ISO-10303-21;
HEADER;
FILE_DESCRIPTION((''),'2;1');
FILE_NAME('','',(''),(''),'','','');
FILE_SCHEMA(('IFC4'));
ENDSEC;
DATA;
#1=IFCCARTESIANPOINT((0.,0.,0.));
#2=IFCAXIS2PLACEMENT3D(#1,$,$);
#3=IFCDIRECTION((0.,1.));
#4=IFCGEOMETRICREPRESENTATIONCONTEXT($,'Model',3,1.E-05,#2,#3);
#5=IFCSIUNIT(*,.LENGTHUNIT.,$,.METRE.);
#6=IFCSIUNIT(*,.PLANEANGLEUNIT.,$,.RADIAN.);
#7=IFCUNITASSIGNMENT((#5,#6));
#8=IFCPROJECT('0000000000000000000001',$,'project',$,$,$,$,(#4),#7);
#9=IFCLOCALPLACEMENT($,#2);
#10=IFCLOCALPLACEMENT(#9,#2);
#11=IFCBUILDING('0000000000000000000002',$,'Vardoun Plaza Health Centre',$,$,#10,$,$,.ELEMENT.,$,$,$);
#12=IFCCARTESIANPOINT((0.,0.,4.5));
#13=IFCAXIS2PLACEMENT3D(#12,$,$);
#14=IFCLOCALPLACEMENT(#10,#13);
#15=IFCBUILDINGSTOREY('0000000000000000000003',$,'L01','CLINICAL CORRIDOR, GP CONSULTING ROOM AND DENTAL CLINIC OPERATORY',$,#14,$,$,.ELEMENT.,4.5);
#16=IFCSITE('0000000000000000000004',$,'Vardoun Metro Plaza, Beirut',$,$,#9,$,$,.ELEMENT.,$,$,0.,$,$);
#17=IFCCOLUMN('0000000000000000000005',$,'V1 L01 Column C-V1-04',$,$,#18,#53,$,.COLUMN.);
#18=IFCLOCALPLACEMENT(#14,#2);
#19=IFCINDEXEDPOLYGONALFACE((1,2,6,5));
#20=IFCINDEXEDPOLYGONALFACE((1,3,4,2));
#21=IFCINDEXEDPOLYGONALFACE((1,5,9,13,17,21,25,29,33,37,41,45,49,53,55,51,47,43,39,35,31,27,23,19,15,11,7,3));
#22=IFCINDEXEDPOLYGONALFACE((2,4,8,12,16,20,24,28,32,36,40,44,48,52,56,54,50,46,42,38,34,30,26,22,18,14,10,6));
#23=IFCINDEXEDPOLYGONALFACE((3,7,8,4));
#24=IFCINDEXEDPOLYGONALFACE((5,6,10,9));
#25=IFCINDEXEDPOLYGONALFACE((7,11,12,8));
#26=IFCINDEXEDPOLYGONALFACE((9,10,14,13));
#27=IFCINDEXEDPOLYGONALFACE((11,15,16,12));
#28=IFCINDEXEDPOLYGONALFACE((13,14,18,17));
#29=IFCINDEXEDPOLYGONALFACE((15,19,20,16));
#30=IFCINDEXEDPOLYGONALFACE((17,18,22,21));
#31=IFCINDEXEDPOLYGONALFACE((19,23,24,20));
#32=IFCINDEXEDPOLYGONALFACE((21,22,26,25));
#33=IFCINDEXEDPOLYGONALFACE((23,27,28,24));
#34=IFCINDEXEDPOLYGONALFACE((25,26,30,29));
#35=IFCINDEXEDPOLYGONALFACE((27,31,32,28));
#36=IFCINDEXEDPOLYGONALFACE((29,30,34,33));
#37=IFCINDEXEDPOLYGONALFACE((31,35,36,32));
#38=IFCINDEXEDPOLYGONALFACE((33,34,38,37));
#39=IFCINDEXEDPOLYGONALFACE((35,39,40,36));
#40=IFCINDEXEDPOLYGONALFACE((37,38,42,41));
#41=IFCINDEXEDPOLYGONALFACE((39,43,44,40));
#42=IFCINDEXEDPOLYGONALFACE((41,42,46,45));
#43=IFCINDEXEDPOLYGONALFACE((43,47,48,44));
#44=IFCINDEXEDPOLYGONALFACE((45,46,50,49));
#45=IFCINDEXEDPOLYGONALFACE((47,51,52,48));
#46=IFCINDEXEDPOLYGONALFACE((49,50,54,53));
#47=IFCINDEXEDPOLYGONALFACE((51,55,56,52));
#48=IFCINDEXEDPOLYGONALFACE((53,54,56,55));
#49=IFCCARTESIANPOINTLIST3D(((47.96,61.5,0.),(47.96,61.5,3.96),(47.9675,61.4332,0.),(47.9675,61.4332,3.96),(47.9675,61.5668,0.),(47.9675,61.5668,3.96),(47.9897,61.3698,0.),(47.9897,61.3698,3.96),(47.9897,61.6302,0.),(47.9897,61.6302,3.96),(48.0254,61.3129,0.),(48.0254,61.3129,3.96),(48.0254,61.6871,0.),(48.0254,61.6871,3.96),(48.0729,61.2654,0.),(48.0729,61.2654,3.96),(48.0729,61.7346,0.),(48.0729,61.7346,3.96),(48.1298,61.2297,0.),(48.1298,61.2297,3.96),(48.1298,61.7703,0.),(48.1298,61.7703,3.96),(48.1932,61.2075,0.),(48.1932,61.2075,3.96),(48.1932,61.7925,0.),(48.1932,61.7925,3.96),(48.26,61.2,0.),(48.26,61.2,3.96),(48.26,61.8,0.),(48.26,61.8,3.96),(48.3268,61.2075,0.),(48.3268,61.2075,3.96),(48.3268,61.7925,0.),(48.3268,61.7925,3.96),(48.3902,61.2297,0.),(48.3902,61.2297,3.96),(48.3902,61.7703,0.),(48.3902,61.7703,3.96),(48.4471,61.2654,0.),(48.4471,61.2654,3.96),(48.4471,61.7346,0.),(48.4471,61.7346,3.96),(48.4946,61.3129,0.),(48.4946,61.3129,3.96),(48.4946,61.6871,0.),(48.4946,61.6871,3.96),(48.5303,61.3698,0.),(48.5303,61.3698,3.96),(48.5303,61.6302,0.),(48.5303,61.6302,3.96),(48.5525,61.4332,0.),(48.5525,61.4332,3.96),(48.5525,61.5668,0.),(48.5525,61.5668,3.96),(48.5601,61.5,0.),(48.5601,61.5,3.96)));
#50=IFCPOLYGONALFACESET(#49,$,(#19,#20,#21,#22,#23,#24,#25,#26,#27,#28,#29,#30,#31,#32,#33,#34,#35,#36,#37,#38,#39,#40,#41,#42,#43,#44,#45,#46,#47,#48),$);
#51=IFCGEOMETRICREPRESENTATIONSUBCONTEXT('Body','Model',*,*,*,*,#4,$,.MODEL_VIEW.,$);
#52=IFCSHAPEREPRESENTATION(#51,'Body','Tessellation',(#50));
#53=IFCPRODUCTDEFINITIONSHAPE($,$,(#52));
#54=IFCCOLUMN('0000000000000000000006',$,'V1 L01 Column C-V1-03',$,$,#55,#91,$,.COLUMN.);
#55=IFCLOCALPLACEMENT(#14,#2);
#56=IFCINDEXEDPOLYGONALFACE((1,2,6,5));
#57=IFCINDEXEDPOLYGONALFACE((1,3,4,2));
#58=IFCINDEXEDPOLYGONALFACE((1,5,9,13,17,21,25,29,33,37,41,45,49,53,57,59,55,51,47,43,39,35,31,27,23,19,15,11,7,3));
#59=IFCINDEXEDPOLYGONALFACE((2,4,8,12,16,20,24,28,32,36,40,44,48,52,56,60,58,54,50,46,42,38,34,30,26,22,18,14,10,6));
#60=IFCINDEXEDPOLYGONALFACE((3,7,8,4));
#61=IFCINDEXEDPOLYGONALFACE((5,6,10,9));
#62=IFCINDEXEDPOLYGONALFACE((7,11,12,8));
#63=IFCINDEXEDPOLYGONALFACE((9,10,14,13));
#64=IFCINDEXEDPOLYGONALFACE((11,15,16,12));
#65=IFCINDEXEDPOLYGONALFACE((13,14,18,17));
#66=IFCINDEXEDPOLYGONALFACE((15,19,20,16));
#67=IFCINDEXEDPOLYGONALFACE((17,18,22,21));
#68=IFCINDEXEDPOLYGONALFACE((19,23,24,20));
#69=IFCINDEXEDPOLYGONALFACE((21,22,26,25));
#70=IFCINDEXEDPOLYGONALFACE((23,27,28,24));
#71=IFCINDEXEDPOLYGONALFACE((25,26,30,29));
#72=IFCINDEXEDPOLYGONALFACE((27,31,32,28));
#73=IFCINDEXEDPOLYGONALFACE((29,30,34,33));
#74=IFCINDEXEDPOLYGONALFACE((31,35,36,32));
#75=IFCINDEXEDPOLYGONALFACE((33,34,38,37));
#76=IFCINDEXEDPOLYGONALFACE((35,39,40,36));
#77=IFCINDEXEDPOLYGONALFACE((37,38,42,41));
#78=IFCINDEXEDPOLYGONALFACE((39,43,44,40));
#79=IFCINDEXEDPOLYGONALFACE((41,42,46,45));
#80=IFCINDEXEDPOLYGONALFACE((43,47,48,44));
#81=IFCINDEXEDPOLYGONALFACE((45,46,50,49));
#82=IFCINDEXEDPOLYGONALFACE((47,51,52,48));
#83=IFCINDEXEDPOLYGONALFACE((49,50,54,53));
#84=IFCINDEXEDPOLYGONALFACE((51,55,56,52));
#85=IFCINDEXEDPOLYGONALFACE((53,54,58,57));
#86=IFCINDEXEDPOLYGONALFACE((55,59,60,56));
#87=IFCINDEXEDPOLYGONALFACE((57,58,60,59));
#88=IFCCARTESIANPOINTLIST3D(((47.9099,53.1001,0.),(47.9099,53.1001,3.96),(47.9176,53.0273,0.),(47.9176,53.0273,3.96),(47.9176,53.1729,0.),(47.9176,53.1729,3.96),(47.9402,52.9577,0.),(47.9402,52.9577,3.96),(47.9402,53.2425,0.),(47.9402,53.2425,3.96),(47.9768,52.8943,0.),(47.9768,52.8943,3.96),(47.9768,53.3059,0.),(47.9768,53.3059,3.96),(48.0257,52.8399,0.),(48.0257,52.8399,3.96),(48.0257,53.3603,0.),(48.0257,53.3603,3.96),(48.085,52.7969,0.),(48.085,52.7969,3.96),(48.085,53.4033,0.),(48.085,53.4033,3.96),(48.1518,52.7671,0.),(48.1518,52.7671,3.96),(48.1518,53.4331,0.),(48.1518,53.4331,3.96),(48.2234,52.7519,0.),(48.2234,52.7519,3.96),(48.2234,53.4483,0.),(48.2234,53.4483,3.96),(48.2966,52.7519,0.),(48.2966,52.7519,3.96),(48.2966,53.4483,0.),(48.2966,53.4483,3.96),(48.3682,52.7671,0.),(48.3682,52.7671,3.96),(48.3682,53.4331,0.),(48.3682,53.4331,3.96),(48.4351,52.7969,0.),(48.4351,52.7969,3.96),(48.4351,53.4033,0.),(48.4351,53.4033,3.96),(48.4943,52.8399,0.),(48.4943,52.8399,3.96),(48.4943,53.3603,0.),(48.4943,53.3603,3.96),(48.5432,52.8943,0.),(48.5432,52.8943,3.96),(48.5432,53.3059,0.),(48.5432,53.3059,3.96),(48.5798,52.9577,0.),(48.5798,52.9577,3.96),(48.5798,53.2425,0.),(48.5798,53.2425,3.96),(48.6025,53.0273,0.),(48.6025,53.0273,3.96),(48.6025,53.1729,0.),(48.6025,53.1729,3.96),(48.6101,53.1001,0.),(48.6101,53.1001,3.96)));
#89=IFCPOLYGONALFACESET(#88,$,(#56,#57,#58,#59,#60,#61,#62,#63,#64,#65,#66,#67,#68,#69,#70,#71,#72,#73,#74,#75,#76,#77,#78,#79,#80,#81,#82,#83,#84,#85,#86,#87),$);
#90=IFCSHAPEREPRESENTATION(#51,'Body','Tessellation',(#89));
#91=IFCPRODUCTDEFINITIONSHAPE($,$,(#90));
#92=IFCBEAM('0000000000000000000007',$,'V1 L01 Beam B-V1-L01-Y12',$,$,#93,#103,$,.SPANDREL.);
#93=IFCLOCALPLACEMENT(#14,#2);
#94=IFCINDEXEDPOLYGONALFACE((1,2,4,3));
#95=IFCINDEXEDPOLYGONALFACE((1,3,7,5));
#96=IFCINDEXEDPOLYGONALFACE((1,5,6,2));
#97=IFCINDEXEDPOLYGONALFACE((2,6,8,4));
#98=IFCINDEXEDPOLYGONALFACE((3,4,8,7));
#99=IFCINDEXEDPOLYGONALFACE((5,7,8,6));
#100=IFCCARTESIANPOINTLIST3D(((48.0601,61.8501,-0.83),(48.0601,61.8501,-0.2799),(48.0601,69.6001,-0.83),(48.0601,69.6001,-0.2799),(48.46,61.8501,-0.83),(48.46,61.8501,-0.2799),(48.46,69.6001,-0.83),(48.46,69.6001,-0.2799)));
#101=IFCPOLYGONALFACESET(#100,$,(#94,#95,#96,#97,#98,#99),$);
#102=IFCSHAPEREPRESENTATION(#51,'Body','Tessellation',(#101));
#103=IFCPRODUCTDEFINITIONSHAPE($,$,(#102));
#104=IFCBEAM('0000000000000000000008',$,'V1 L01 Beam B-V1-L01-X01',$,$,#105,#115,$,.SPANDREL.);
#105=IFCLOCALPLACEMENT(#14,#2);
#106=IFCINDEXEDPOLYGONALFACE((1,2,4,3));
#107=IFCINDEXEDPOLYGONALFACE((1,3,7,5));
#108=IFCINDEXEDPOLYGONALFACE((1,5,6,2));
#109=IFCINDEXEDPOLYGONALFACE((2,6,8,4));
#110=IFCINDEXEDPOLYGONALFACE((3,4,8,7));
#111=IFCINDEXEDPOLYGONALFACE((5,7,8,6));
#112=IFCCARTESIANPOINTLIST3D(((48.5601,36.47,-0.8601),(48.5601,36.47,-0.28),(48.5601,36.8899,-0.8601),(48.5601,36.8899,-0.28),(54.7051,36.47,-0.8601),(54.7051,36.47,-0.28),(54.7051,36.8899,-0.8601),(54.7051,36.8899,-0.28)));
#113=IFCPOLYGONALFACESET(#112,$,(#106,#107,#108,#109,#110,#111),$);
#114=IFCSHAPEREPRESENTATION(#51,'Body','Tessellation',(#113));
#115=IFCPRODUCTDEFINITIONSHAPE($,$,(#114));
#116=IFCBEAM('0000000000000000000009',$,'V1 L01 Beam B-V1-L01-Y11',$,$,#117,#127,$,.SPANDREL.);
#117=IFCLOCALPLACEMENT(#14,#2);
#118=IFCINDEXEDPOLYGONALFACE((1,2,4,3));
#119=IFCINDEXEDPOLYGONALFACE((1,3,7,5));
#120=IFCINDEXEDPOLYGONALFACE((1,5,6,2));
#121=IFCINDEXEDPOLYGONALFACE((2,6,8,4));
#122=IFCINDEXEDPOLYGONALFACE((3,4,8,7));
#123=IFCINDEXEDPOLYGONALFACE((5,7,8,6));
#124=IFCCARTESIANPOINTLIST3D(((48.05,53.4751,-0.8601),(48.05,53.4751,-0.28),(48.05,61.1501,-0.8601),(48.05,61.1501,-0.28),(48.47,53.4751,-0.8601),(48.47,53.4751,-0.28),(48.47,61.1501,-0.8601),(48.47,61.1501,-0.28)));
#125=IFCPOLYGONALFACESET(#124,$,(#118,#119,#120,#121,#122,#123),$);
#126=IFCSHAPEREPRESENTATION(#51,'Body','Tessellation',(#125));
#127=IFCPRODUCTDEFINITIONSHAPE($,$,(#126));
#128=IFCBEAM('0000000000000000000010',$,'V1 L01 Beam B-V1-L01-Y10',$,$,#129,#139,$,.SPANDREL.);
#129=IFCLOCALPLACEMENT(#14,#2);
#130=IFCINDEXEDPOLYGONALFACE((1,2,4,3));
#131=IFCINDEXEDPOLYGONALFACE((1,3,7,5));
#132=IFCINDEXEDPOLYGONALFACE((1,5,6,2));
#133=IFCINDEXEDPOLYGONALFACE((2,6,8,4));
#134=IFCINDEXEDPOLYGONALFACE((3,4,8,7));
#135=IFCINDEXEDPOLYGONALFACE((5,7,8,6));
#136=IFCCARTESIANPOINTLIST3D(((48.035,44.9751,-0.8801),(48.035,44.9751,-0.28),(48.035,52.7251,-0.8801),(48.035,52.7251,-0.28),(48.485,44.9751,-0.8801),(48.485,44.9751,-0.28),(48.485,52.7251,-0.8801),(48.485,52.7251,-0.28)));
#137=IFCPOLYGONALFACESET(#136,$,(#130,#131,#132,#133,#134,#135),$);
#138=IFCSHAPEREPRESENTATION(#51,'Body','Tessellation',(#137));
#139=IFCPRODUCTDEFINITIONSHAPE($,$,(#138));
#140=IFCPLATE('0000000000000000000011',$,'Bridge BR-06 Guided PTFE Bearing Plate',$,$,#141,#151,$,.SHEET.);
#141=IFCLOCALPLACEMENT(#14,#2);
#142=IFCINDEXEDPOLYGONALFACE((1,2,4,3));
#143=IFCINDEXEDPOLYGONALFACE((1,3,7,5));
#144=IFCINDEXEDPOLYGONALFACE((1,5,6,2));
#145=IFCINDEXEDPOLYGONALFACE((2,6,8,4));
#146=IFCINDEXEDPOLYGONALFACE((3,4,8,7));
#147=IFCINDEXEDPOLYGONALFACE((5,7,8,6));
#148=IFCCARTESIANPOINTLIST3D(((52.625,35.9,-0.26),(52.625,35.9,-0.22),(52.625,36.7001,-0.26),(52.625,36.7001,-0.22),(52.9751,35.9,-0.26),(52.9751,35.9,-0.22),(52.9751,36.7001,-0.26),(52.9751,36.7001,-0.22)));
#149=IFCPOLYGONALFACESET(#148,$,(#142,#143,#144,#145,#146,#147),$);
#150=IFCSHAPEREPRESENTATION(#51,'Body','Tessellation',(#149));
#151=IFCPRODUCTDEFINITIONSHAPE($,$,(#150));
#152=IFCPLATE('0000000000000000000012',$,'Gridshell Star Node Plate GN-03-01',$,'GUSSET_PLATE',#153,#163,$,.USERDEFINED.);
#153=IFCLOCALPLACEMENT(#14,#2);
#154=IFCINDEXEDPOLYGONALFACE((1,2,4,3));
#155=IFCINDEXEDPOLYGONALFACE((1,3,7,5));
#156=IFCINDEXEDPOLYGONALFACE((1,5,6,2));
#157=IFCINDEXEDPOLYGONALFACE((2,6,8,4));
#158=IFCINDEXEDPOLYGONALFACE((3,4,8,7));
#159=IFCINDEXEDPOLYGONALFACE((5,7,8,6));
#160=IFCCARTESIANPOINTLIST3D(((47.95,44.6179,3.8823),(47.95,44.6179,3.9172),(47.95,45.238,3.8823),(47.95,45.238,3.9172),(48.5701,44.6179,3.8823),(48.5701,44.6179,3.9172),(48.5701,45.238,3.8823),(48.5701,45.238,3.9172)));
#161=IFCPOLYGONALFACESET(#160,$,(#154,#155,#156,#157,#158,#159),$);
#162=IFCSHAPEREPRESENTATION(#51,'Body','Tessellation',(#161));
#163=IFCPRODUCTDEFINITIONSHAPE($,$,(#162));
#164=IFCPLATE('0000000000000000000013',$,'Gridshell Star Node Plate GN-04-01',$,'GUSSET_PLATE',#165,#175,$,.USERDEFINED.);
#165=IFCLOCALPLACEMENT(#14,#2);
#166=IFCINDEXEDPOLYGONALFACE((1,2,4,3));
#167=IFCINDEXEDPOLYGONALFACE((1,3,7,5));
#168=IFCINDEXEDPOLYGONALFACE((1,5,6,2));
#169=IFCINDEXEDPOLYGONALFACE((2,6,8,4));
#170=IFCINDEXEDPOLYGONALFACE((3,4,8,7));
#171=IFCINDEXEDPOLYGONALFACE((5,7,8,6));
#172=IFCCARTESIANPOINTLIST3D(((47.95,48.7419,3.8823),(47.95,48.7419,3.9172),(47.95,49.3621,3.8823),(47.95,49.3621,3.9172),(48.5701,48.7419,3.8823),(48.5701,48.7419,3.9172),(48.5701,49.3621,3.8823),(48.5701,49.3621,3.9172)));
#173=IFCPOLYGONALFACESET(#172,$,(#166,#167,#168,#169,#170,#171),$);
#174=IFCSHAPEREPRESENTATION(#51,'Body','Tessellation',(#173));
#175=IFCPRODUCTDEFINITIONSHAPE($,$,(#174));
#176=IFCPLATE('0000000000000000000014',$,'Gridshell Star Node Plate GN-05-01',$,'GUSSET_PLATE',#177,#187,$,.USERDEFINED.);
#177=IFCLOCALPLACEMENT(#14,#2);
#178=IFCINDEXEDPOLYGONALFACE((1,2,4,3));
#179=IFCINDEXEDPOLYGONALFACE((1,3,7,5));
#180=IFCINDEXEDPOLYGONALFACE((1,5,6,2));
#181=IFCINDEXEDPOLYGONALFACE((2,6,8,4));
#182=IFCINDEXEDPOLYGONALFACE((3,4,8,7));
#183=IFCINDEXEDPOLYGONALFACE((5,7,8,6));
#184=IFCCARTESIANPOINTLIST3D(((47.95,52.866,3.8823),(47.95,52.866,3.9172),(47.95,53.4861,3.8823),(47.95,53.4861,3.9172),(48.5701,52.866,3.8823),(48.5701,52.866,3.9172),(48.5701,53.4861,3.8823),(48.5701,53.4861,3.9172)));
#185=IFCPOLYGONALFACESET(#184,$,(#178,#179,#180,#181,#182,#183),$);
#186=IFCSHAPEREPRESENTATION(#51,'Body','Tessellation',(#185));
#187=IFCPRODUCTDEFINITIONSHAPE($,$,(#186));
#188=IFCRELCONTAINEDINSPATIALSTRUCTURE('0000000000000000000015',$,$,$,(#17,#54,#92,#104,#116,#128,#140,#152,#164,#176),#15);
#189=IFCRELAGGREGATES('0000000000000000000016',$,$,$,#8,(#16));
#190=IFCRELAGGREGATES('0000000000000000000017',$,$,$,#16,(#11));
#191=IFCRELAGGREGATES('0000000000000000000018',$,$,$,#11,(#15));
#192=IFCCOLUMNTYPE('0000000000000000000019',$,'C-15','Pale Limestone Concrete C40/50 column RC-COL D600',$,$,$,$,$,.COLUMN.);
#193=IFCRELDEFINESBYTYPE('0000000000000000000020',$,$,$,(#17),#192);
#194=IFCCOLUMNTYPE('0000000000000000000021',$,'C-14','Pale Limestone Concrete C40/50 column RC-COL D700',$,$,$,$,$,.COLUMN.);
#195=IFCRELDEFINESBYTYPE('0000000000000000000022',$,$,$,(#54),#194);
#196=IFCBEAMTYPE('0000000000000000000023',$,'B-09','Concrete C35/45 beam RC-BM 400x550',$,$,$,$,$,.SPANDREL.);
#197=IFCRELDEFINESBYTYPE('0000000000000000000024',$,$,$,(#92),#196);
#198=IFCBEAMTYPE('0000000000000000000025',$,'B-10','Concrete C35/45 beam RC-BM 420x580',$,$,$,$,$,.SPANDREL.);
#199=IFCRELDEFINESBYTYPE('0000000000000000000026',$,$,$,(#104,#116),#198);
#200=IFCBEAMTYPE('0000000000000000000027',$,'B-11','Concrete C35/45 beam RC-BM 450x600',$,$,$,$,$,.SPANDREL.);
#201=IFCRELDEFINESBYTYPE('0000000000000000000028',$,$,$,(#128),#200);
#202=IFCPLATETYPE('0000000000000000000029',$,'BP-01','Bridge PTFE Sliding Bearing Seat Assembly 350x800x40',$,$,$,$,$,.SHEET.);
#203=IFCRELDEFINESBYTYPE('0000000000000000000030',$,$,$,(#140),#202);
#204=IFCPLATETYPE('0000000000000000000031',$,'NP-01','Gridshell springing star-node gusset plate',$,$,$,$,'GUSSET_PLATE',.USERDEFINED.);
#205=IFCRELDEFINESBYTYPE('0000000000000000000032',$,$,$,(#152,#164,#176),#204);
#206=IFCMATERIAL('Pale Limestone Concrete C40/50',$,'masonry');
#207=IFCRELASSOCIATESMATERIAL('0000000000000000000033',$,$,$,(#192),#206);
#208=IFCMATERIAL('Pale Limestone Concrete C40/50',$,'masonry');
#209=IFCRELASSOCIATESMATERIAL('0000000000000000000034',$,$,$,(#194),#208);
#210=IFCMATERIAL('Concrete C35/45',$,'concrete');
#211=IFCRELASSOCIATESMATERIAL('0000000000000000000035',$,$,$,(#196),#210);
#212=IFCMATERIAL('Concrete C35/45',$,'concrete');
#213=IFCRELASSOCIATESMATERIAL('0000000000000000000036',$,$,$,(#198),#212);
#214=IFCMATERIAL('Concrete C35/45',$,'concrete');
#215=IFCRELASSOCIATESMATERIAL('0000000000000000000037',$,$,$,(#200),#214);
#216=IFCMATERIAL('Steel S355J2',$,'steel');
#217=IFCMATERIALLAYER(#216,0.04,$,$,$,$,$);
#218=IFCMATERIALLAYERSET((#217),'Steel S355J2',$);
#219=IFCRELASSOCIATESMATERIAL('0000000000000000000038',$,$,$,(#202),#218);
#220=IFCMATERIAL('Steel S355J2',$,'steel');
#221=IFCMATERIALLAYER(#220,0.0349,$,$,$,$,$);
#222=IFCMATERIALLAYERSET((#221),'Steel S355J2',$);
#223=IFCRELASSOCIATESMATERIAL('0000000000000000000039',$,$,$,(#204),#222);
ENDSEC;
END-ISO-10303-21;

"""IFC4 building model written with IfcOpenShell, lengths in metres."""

from ifc_helpers import new_model, si_unit, direction, frame, origin, origin_2d, place, context, subcontext, project, spatial, rectangle, circle, extrude, material, layer, layer_set, material_profile, profile_set, type_object, element, save


model = new_model("IFC4")

# Units and contexts
model_context = context("Model", 3, precision=1e-05, world=origin(), true_north=direction((0.0, 1.0)))
body_context = subcontext(model_context, "Body", "Model", "MODEL_VIEW")
ifc_project = project(units=[si_unit("LENGTHUNIT", "METRE"), si_unit("PLANEANGLEUNIT", "RADIAN")], contexts=[model_context])

# Site, building, storey
site_placement = place(None, origin())
site = spatial("IfcSite", under=ifc_project, at=site_placement, Name="Vardoun Metro Plaza, Beirut", CompositionType="ELEMENT", RefElevation=0.0)
building_placement = place(site_placement, origin())
building = spatial("IfcBuilding", under=site, at=building_placement, Name="Vardoun Plaza Health Centre", CompositionType="ELEMENT")
storey_placement = place(building_placement, frame((0.0, 0.0, 4.5)))
storey = spatial("IfcBuildingStorey", under=building, at=storey_placement, Name="L01", Description="CLINICAL CORRIDOR, GP CONSULTING ROOM AND DENTAL CLINIC OPERATORY", CompositionType="ELEMENT", Elevation=4.5)

# Columns
ifc_material_1 = material(Name="Pale Limestone Concrete C40/50", Category="masonry")
ifc_material_profile_1 = material_profile(ifc_material_1, circle(Radius=0.3, at=origin_2d()), Name="RC-COL D600")
ifc_profile_set_1 = profile_set([ifc_material_profile_1], Name="Pale Limestone Concrete C40/50")
column_type_1 = type_object("IfcColumnType", Name="C-15", Description="Pale Limestone Concrete C40/50 column RC-COL D600", PredefinedType="COLUMN", material=ifc_profile_set_1)
column_1_placement = place(storey_placement, frame((48.26, 61.5, 0.0), z_axis=(0.0, 0.0, 1.0), x_axis=(1.0, 0.0, 0.0)))
element("IfcColumn", 1, at=column_1_placement, inside=storey, type_object=column_type_1, Name="V1 L01 Column C-V1-04", PredefinedType="COLUMN", context=body_context, shape_type="SweptSolid", body=[
    extrude(circle(Radius=0.3, at=origin_2d()), origin(), (0.0, 0.0, 1.0), 3.96),
])
ifc_material_2 = material(Name="Pale Limestone Concrete C40/50", Category="masonry")
ifc_material_profile_2 = material_profile(ifc_material_2, circle(Radius=0.3501, at=origin_2d()), Name="RC-COL D700")
ifc_profile_set_2 = profile_set([ifc_material_profile_2], Name="Pale Limestone Concrete C40/50")
column_type_2 = type_object("IfcColumnType", Name="C-14", Description="Pale Limestone Concrete C40/50 column RC-COL D700", PredefinedType="COLUMN", material=ifc_profile_set_2)
column_2_placement = place(storey_placement, frame((48.26, 53.1001, 0.0), z_axis=(0.0, 0.0, 1.0), x_axis=(1.0, 0.0, 0.0)))
element("IfcColumn", 2, at=column_2_placement, inside=storey, type_object=column_type_2, Name="V1 L01 Column C-V1-03", PredefinedType="COLUMN", context=body_context, shape_type="SweptSolid", body=[
    extrude(circle(Radius=0.3501, at=origin_2d()), origin(), (0.0, 0.0, 1.0), 3.96),
])

# Beams
ifc_material_3 = material(Name="Concrete C35/45", Category="concrete")
ifc_material_profile_3 = material_profile(ifc_material_3, rectangle(XDim=0.3999, YDim=0.55, at=origin_2d()), Name="RC-BM 400x550")
ifc_profile_set_3 = profile_set([ifc_material_profile_3], Name="Concrete C35/45")
beam_type_1 = type_object("IfcBeamType", Name="B-09", Description="Concrete C35/45 beam RC-BM 400x550", PredefinedType="SPANDREL", material=ifc_profile_set_3)
beam_1_placement = place(storey_placement, frame((48.26, 61.8501, -0.5549), z_axis=(0.0, 1.0, 0.0), x_axis=(-1.0, 0.0, 0.0)))
element("IfcBeam", 3, at=beam_1_placement, inside=storey, type_object=beam_type_1, Name="V1 L01 Beam B-V1-L01-Y12", PredefinedType="SPANDREL", context=body_context, shape_type="SweptSolid", body=[
    extrude(rectangle(XDim=0.3999, YDim=0.55, at=origin_2d()), origin(), (0.0, 0.0, 1.0), 7.75),
])
ifc_material_4 = material(Name="Concrete C35/45", Category="concrete")
ifc_material_profile_4 = material_profile(ifc_material_4, rectangle(XDim=0.4199, YDim=0.5801, at=origin_2d()), Name="RC-BM 420x580")
ifc_profile_set_4 = profile_set([ifc_material_profile_4], Name="Concrete C35/45")
beam_type_2 = type_object("IfcBeamType", Name="B-10", Description="Concrete C35/45 beam RC-BM 420x580", PredefinedType="SPANDREL", material=ifc_profile_set_4)
beam_2_placement = place(storey_placement, frame((48.5601, 36.6799, -0.5701), z_axis=(1.0, 0.0, 0.0), x_axis=(0.0, 1.0, 0.0)))
element("IfcBeam", 4, at=beam_2_placement, inside=storey, type_object=beam_type_2, Name="V1 L01 Beam B-V1-L01-X01", PredefinedType="SPANDREL", context=body_context, shape_type="SweptSolid", body=[
    extrude(rectangle(XDim=0.4199, YDim=0.5801, at=origin_2d()), origin(), (0.0, 0.0, 1.0), 6.145),
])
beam_3_placement = place(storey_placement, frame((48.26, 53.4751, -0.5701), z_axis=(0.0, 1.0, 0.0), x_axis=(-1.0, 0.0, 0.0)))
element("IfcBeam", 5, at=beam_3_placement, inside=storey, type_object=beam_type_2, Name="V1 L01 Beam B-V1-L01-Y11", PredefinedType="SPANDREL", context=body_context, shape_type="SweptSolid", body=[
    extrude(rectangle(XDim=0.4199, YDim=0.5801, at=origin_2d()), origin(), (0.0, 0.0, 1.0), 7.675),
])
ifc_material_5 = material(Name="Concrete C35/45", Category="concrete")
ifc_material_profile_5 = material_profile(ifc_material_5, rectangle(XDim=0.45, YDim=0.6001, at=origin_2d()), Name="RC-BM 450x600")
ifc_profile_set_5 = profile_set([ifc_material_profile_5], Name="Concrete C35/45")
beam_type_3 = type_object("IfcBeamType", Name="B-11", Description="Concrete C35/45 beam RC-BM 450x600", PredefinedType="SPANDREL", material=ifc_profile_set_5)
beam_4_placement = place(storey_placement, frame((48.26, 44.9751, -0.5801), z_axis=(0.0, 1.0, 0.0), x_axis=(-1.0, 0.0, 0.0)))
element("IfcBeam", 6, at=beam_4_placement, inside=storey, type_object=beam_type_3, Name="V1 L01 Beam B-V1-L01-Y10", PredefinedType="SPANDREL", context=body_context, shape_type="SweptSolid", body=[
    extrude(rectangle(XDim=0.45, YDim=0.6001, at=origin_2d()), origin(), (0.0, 0.0, 1.0), 7.75),
])

# Plates
ifc_material_6 = material(Name="Steel S355J2", Category="steel")
ifc_layer_1 = layer(ifc_material_6, 0.04)
ifc_layer_set_1 = layer_set([ifc_layer_1], Name="Steel S355J2")
plate_type_1 = type_object("IfcPlateType", Name="BP-01", Description="Bridge PTFE Sliding Bearing Seat Assembly 350x800x40", PredefinedType="SHEET", material=ifc_layer_set_1)
plate_placement = place(storey_placement, frame((52.8, 36.3, -0.26), z_axis=(0.0, 0.0, 1.0), x_axis=(1.0, 0.0, 0.0)))
element("IfcPlate", 7, at=plate_placement, inside=storey, type_object=plate_type_1, Name="Bridge BR-06 Guided PTFE Bearing Plate", PredefinedType="SHEET", context=body_context, shape_type="SweptSolid", body=[
    extrude(rectangle(XDim=0.3501, YDim=0.8, at=origin_2d()), origin(), (0.0, 0.0, 1.0), 0.04),
])
ifc_material_7 = material(Name="Steel S355J2", Category="steel")
ifc_layer_2 = layer(ifc_material_7, 0.0349)
ifc_layer_set_2 = layer_set([ifc_layer_2], Name="Steel S355J2")
plate_type_2 = type_object("IfcPlateType", Name="NP-01", Description="Gridshell springing star-node gusset plate", ElementType="GUSSET_PLATE", PredefinedType="USERDEFINED", material=ifc_layer_set_2)
for number, where, z_axis, x_axis, name in (
    (8, (48.26, 44.928, 3.8823), (0.0, 0.0, 1.0), (1.0, 0.0, 0.0), "Gridshell Star Node Plate GN-03-01"),
    (9, (48.26, 49.052, 3.8823), (0.0, 0.0, 1.0), (1.0, 0.0, 0.0), "Gridshell Star Node Plate GN-04-01"),
    (10, (48.26, 53.176, 3.8823), (0.0, 0.0, 1.0), (1.0, 0.0, 0.0), "Gridshell Star Node Plate GN-05-01"),
):
    element("IfcPlate", number, at=place(storey_placement, frame(where, z_axis=z_axis, x_axis=x_axis)), inside=storey, type_object=plate_type_2, Name=name, ObjectType="GUSSET_PLATE", PredefinedType="USERDEFINED", context=body_context, shape_type="SweptSolid", body=[
        extrude(rectangle(XDim=0.6201, YDim=0.6201, at=origin_2d()), origin(), (0.0, 0.0, 1.0), 0.0349),
    ])

save(model, "model.ifc")
